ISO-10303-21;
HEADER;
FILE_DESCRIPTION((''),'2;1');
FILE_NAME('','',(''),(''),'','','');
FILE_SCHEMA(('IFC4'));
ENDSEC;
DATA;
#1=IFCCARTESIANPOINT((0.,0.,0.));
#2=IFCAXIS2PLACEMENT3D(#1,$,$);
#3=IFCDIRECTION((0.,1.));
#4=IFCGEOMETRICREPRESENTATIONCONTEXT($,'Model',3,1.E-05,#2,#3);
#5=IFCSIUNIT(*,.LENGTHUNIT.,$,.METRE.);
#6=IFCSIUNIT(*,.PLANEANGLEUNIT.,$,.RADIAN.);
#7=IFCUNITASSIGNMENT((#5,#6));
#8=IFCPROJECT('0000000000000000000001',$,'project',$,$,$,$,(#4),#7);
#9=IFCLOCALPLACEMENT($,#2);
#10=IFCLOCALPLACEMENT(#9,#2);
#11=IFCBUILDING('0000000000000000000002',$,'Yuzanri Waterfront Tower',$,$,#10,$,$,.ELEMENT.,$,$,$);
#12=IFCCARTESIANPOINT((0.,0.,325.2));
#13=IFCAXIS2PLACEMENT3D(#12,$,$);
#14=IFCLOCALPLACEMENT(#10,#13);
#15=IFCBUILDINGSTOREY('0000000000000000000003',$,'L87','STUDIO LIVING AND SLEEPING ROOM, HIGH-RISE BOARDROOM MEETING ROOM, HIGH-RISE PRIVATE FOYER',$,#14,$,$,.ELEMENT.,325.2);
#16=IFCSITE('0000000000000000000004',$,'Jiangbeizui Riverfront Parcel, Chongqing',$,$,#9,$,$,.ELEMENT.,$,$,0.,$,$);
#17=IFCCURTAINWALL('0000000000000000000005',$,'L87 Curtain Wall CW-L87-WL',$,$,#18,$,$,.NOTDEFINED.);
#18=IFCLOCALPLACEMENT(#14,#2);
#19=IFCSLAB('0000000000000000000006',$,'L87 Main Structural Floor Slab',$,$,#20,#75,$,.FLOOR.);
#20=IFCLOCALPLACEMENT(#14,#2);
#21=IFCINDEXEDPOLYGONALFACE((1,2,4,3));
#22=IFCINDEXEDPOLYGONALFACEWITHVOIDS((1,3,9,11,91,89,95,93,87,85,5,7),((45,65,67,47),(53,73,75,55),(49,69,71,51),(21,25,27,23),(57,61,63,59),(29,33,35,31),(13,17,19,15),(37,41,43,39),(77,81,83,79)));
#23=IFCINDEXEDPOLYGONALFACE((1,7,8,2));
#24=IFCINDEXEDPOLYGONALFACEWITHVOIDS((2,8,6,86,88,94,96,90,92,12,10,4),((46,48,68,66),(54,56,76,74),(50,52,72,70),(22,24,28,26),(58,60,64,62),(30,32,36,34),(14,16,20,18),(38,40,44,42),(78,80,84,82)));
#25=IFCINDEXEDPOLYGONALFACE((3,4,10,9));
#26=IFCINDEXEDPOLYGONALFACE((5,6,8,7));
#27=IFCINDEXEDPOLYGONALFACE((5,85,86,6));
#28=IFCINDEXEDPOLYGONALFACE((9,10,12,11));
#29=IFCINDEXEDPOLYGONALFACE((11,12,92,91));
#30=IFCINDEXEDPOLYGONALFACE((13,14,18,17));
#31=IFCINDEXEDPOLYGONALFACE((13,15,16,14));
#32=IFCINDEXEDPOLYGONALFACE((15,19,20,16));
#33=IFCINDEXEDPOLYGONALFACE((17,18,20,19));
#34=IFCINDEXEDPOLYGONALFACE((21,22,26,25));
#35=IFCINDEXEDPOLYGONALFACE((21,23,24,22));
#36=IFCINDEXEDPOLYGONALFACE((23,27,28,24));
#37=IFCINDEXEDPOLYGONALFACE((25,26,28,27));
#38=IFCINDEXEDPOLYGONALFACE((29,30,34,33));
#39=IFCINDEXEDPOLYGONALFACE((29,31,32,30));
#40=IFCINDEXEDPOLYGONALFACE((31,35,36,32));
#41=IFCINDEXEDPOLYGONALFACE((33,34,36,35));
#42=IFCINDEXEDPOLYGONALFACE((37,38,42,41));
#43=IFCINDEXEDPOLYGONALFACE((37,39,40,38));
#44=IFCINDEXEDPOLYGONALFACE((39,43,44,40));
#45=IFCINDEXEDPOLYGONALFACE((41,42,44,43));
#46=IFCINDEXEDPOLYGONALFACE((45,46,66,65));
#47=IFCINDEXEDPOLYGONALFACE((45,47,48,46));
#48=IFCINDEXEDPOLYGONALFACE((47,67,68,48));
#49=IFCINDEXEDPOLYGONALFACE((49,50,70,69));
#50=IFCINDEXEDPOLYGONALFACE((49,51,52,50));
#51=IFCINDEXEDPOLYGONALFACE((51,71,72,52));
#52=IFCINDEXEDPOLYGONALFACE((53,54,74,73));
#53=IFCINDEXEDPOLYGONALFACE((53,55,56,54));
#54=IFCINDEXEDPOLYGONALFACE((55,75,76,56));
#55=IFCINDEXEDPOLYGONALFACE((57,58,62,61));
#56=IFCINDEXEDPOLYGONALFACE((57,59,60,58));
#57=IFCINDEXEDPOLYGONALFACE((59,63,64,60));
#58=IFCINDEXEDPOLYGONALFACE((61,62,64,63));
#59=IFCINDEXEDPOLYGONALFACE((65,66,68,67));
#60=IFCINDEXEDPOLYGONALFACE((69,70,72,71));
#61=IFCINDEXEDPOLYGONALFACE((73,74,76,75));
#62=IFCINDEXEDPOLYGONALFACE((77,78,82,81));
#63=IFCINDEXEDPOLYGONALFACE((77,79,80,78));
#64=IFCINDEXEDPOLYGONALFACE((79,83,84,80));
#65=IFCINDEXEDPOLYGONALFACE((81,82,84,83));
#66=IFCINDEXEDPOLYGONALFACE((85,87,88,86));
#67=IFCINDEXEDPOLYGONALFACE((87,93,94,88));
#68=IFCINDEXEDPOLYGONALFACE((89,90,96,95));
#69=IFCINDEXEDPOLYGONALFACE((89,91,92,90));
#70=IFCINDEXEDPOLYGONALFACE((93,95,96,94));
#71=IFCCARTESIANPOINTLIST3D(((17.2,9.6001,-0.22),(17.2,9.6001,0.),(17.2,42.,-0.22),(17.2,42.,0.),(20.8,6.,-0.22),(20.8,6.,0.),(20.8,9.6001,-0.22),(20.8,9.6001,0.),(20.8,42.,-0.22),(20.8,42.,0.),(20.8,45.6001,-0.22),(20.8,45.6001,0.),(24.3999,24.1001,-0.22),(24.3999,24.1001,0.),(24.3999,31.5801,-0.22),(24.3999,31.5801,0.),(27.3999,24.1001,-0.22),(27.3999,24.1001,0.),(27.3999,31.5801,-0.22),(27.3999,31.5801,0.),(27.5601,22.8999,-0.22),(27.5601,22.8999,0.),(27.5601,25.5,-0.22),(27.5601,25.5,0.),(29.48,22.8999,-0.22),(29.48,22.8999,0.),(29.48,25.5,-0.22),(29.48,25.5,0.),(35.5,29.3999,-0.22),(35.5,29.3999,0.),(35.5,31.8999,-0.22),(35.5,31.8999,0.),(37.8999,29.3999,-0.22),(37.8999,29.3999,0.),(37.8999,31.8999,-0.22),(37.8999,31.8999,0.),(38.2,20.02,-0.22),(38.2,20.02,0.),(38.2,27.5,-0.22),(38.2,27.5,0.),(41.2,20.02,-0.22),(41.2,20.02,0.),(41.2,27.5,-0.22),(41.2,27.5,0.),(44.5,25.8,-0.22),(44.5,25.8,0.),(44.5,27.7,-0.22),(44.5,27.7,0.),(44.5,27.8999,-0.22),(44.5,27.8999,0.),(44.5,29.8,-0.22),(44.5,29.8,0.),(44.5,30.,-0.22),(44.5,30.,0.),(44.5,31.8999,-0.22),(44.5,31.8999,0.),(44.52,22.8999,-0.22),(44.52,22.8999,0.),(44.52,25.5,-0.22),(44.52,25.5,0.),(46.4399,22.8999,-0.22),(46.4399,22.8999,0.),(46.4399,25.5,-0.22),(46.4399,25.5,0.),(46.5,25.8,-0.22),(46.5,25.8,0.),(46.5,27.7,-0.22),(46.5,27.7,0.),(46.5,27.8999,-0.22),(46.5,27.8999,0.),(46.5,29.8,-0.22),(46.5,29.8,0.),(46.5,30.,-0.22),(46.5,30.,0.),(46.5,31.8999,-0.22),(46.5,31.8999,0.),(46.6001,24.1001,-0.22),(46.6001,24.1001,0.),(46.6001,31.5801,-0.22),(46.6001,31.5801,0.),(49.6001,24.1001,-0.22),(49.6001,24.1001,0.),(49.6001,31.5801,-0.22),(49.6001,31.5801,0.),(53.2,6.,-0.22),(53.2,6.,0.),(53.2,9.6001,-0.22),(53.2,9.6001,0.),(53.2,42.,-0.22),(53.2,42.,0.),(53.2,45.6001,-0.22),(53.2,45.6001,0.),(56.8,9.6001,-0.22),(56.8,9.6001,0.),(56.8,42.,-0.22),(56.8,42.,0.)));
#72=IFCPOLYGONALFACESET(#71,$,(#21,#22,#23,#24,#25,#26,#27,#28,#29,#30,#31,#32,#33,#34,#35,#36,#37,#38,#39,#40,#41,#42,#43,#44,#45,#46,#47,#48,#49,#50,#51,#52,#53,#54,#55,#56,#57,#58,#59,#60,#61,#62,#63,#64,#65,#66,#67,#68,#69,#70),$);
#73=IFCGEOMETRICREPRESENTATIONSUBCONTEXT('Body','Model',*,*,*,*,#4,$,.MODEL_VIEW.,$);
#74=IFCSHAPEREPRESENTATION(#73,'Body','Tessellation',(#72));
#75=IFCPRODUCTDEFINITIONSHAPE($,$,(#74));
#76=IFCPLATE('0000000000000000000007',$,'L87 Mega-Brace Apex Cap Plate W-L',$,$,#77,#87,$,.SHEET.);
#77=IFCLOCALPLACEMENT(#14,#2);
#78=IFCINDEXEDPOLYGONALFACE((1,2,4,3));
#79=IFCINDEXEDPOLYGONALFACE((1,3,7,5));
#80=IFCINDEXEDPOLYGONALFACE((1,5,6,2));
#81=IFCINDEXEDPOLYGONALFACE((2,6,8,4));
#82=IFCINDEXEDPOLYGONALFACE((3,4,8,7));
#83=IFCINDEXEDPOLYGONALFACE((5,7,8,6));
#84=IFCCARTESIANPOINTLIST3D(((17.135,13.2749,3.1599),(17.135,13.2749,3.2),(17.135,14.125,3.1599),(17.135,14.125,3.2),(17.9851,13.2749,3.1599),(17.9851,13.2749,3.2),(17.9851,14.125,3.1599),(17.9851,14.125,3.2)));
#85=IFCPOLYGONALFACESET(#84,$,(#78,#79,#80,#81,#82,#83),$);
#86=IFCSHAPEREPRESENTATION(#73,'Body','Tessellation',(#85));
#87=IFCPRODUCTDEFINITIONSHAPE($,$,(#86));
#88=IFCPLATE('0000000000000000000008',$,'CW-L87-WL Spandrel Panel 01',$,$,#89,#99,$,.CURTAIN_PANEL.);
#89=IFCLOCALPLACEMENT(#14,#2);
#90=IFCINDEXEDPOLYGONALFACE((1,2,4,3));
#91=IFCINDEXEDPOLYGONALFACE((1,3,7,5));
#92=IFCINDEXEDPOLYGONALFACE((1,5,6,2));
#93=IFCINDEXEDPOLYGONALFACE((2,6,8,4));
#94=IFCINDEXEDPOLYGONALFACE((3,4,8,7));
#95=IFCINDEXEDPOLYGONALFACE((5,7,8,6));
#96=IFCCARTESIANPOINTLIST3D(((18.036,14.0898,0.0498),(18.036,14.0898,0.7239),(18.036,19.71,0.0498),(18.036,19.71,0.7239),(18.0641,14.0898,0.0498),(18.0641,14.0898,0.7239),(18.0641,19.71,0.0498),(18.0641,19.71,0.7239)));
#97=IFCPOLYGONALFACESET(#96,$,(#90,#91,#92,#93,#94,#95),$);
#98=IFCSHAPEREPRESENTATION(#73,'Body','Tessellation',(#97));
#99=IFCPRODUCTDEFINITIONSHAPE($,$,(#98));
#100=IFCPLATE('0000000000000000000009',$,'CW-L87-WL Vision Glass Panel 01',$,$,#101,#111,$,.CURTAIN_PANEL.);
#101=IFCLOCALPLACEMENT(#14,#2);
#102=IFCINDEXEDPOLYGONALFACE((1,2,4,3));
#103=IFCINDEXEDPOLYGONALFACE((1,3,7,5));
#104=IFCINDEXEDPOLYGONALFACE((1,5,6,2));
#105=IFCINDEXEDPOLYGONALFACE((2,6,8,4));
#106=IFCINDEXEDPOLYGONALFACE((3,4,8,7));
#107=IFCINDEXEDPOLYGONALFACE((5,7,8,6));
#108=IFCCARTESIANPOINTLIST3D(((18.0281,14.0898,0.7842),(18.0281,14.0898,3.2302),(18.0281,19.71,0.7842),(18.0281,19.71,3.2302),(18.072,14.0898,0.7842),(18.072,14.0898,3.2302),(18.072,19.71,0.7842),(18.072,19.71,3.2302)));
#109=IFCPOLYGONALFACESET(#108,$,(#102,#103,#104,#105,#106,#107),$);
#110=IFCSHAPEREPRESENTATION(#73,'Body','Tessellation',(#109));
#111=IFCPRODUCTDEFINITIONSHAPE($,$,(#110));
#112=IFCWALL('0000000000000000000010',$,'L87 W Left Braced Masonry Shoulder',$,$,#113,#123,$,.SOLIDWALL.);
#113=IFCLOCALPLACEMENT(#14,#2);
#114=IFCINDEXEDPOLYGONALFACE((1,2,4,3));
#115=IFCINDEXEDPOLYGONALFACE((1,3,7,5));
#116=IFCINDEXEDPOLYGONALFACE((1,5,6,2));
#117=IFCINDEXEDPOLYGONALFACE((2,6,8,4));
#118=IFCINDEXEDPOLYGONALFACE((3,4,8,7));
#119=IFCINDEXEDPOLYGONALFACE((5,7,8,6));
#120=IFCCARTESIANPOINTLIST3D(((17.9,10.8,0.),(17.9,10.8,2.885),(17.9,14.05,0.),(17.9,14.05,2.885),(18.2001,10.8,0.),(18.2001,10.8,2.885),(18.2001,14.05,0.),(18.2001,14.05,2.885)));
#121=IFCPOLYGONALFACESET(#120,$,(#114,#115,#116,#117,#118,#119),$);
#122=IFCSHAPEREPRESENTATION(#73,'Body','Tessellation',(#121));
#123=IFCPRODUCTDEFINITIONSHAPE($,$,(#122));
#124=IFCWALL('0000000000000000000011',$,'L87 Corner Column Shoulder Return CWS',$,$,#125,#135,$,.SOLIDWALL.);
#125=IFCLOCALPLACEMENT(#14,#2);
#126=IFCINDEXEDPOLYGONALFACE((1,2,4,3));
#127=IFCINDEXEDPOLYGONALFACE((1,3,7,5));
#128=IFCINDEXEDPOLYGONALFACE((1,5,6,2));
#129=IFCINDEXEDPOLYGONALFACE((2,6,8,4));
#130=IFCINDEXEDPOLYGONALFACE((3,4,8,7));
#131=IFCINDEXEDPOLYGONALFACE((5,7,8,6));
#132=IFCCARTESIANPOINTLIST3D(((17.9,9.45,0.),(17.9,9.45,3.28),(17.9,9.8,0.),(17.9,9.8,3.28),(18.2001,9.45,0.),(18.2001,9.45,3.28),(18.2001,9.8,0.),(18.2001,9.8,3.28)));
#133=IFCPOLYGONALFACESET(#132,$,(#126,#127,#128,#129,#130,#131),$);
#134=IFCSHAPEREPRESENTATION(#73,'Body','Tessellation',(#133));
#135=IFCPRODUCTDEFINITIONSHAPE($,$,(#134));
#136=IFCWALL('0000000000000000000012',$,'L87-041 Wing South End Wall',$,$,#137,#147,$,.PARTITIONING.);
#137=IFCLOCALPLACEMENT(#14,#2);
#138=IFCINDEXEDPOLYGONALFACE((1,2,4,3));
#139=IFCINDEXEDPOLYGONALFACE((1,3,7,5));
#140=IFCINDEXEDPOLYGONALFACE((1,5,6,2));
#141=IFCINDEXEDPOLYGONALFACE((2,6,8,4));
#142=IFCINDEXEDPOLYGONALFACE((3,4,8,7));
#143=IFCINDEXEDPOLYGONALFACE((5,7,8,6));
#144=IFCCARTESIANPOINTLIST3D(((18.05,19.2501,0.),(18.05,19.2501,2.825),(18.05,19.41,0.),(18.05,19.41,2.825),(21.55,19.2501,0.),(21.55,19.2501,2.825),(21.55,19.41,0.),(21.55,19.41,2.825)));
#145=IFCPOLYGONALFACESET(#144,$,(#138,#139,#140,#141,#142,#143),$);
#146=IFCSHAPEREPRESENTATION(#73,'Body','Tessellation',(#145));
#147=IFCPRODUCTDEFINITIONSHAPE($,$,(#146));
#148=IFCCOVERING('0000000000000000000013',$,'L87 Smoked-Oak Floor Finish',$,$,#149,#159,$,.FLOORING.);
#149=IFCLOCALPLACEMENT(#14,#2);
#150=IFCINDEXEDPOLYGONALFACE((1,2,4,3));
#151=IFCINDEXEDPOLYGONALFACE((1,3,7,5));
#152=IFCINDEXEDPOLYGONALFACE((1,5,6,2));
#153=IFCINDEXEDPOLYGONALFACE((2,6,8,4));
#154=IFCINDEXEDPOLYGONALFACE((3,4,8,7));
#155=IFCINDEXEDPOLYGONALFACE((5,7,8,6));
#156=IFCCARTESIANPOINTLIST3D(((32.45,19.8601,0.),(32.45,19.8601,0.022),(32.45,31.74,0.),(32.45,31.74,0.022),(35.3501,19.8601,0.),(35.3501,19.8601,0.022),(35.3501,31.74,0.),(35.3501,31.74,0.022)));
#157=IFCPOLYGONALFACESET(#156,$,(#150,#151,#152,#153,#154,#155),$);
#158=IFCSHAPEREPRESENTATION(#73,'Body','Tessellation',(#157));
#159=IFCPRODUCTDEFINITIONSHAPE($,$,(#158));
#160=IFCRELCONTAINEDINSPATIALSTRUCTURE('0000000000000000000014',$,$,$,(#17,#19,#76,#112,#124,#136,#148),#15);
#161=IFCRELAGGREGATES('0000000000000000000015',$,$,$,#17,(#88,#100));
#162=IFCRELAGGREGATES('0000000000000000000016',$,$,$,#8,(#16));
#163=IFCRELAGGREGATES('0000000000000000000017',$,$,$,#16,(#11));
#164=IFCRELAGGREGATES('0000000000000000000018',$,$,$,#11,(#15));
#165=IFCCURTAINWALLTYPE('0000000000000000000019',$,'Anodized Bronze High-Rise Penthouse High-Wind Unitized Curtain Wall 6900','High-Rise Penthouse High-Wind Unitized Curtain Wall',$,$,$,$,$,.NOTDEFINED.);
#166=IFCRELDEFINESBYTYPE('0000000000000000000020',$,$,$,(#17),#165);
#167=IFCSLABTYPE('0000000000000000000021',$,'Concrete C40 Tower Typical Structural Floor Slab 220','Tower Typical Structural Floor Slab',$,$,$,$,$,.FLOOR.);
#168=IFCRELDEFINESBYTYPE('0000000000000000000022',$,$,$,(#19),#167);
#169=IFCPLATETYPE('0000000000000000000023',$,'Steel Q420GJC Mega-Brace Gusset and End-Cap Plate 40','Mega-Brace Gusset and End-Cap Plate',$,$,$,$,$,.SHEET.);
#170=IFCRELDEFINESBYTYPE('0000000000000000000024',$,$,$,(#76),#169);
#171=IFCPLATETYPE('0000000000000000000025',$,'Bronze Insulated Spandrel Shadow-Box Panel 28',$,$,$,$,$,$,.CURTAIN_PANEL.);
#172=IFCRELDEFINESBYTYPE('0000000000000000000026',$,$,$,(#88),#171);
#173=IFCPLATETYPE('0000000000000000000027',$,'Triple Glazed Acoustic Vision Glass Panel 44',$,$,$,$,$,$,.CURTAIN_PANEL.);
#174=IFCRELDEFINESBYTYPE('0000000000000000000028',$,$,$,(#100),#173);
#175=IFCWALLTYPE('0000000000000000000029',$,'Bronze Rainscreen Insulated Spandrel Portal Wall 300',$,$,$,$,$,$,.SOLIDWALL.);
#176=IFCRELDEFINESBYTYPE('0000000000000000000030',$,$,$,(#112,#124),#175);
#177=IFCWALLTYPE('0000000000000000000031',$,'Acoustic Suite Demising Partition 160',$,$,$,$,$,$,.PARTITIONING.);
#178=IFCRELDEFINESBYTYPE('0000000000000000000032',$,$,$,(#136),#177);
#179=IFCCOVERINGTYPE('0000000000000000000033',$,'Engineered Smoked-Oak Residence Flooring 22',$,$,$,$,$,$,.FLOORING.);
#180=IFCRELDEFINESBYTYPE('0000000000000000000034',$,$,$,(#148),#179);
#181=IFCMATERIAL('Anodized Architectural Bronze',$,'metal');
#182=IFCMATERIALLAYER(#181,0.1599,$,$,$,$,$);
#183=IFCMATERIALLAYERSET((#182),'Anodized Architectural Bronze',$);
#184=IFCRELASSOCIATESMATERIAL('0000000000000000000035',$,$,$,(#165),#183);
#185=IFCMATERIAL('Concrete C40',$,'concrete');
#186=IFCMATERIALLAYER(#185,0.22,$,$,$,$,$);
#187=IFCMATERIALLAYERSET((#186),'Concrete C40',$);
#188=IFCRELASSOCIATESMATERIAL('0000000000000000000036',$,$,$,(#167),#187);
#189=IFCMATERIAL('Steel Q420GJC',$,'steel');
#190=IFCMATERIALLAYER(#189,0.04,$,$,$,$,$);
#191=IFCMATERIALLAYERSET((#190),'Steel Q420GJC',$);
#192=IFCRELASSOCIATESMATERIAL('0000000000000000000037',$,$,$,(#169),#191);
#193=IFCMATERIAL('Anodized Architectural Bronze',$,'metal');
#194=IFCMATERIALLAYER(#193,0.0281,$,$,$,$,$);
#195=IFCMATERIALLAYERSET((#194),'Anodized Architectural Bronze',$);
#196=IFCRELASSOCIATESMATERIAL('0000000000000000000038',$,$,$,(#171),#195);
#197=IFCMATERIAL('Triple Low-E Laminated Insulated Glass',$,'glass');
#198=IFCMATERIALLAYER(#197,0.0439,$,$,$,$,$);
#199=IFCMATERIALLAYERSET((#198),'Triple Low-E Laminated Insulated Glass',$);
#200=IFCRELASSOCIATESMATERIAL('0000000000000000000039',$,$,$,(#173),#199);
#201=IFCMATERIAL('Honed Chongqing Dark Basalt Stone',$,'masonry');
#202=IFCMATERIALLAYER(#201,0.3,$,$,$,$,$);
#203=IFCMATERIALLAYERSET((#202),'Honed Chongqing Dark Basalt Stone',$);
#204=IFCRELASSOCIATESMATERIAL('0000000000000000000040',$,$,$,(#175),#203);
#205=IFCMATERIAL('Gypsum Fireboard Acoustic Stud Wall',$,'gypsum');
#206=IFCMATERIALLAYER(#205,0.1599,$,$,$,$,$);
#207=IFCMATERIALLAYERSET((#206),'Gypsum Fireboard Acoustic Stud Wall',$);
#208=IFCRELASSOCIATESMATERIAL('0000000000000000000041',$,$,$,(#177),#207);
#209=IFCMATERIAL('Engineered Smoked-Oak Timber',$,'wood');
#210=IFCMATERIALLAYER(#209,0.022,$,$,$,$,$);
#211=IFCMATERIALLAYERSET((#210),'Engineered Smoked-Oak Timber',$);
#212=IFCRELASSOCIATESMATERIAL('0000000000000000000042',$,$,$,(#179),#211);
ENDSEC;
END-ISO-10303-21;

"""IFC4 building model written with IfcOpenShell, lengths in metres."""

from ifc_helpers import new_model, si_unit, direction, frame, frame_2d, origin, origin_2d, place, context, subcontext, project, spatial, polyline, rectangle, outline, extrude, source, transform, mapped, material, layer, layer_set, type_object, element, aggregate, save


model = new_model("IFC4")

# Units and contexts
model_context = context("Model", 3, precision=1e-05, world=origin(), true_north=direction((0.0, 1.0)))
body_context = subcontext(model_context, "Body", "Model", "MODEL_VIEW")
ifc_project = project(units=[si_unit("LENGTHUNIT", "METRE"), si_unit("PLANEANGLEUNIT", "RADIAN")], contexts=[model_context])

# Site, building, storey
site_placement = place(None, origin())
site = spatial("IfcSite", under=ifc_project, at=site_placement, Name="Jiangbeizui Riverfront Parcel, Chongqing", CompositionType="ELEMENT", RefElevation=0.0)
building_placement = place(site_placement, origin())
building = spatial("IfcBuilding", under=site, at=building_placement, Name="Yuzanri Waterfront Tower", CompositionType="ELEMENT")
storey_placement = place(building_placement, frame((0.0, 0.0, 325.2)))
storey = spatial("IfcBuildingStorey", under=building, at=storey_placement, Name="L87", Description="STUDIO LIVING AND SLEEPING ROOM, HIGH-RISE BOARDROOM MEETING ROOM, HIGH-RISE PRIVATE FOYER", CompositionType="ELEMENT", Elevation=325.2)

# Curtain wall
ifc_material_1 = material(Name="Anodized Architectural Bronze", Category="metal")
ifc_layer_1 = layer(ifc_material_1, 0.1599)
ifc_layer_set_1 = layer_set([ifc_layer_1], Name="Anodized Architectural Bronze")
curtain_wall_type = type_object("IfcCurtainWallType", Name="Anodized Bronze High-Rise Penthouse High-Wind Unitized Curtain Wall 6900", Description="High-Rise Penthouse High-Wind Unitized Curtain Wall", PredefinedType="NOTDEFINED", material=ifc_layer_set_1)
curtain_wall_placement = place(storey_placement, origin())
curtain_wall = element("IfcCurtainWall", 1, at=curtain_wall_placement, inside=storey, type_object=curtain_wall_type, Name="L87 Curtain Wall CW-L87-WL", PredefinedType="NOTDEFINED")

# Slab
ifc_material_2 = material(Name="Concrete C40", Category="concrete")
ifc_layer_2 = layer(ifc_material_2, 0.22)
ifc_layer_set_2 = layer_set([ifc_layer_2], Name="Concrete C40")
slab_type_1 = type_object("IfcSlabType", Name="Concrete C40 Tower Typical Structural Floor Slab 220", Description="Tower Typical Structural Floor Slab", PredefinedType="FLOOR", material=ifc_layer_set_2)
slab_1_placement = place(storey_placement, frame((0.0, 0.0, -0.22)))
element("IfcSlab", 2, at=slab_1_placement, inside=storey, type_object=slab_type_1, Name="L87 Main Structural Floor Slab", PredefinedType="FLOOR", context=body_context, shape_type="SweptSolid", body=[
    extrude(outline(polyline([(20.8, 6.0), (53.2, 6.0), (53.2, 9.6001), (56.8, 9.6001), (56.8, 42.0), (53.2, 42.0), (53.2, 45.6001), (20.8, 45.6001), (20.8, 42.0), (17.2, 42.0), (17.2, 9.6001), (20.8, 9.6001), (20.8, 6.0)]), holes=[polyline([(27.3999, 24.1001), (27.3999, 31.5801), (24.3999, 31.5801), (24.3999, 24.1001), (27.3999, 24.1001)]), polyline([(49.6001, 24.1001), (49.6001, 31.5801), (46.6001, 31.5801), (46.6001, 24.1001), (49.6001, 24.1001)]), polyline([(38.2, 27.5), (38.2, 20.02), (41.2, 20.02), (41.2, 27.5), (38.2, 27.5)]), polyline([(27.5601, 22.8999), (29.48, 22.8999), (29.48, 25.5), (27.5601, 25.5), (27.5601, 22.8999)]), polyline([(44.52, 22.8999), (46.4399, 22.8999), (46.4399, 25.5), (44.52, 25.5), (44.52, 22.8999)]), polyline([(35.5, 29.3999), (37.8999, 29.3999), (37.8999, 31.8999), (35.5, 31.8999), (35.5, 29.3999)]), polyline([(44.5, 25.8), (46.5, 25.8), (46.5, 27.7), (44.5, 27.7), (44.5, 25.8)]), polyline([(44.5, 27.8999), (46.5, 27.8999), (46.5, 29.8), (44.5, 29.8), (44.5, 27.8999)]), polyline([(44.5, 30.0), (46.5, 30.0), (46.5, 31.8999), (44.5, 31.8999), (44.5, 30.0)])]), origin(), (0.0, 0.0, 1.0), 0.22),
])

# Plates
ifc_material_3 = material(Name="Steel Q420GJC", Category="steel")
ifc_layer_3 = layer(ifc_material_3, 0.04)
ifc_layer_set_3 = layer_set([ifc_layer_3], Name="Steel Q420GJC")
plate_type_1 = type_object("IfcPlateType", Name="Steel Q420GJC Mega-Brace Gusset and End-Cap Plate 40", Description="Mega-Brace Gusset and End-Cap Plate", PredefinedType="SHEET", material=ifc_layer_set_3)
shared_shape_1 = source(origin(), body_context, "Body", "SweptSolid", [
    extrude(rectangle(XDim=0.8501, YDim=0.8501, at=origin_2d()), origin(), (0.0, 0.0, 1.0), 0.04),
])
plate_1_placement = place(storey_placement, frame((17.5601, 13.7, 3.1599), z_axis=(0.0, 0.0, 1.0), x_axis=(1.0, 0.0, 0.0)))
element("IfcPlate", 3, at=plate_1_placement, inside=storey, type_object=plate_type_1, Name="L87 Mega-Brace Apex Cap Plate W-L", PredefinedType="SHEET", context=body_context, shape_type="MappedRepresentation", body=[
    mapped(shared_shape_1, transform((0.0, 0.0, 0.0), scale=1.0)),
])
ifc_material_4 = material(Name="Anodized Architectural Bronze", Category="metal")
ifc_layer_4 = layer(ifc_material_4, 0.0281)
ifc_layer_set_4 = layer_set([ifc_layer_4], Name="Anodized Architectural Bronze")
plate_type_2 = type_object("IfcPlateType", Name="Bronze Insulated Spandrel Shadow-Box Panel 28", PredefinedType="CURTAIN_PANEL", material=ifc_layer_set_4)
shared_shape_2 = source(origin(), body_context, "Body", "SweptSolid", [
    extrude(rectangle(XDim=5.6201, YDim=0.0281, at=origin_2d()), origin(), (0.0, 0.0, 1.0), 0.6741),
])
plate_2_placement = place(storey_placement, frame((18.05, 16.8999, 0.0498), z_axis=(0.0, 0.0, 1.0), x_axis=(0.0, 1.0, 0.0)))
plate_2 = element("IfcPlate", 4, at=plate_2_placement, type_object=plate_type_2, Name="CW-L87-WL Spandrel Panel 01", PredefinedType="CURTAIN_PANEL", context=body_context, shape_type="MappedRepresentation", body=[
    mapped(shared_shape_2, transform((0.0, 0.0, 0.0), scale=1.0)),
])
ifc_material_5 = material(Name="Triple Low-E Laminated Insulated Glass", Category="glass")
ifc_layer_5 = layer(ifc_material_5, 0.0439)
ifc_layer_set_5 = layer_set([ifc_layer_5], Name="Triple Low-E Laminated Insulated Glass")
plate_type_3 = type_object("IfcPlateType", Name="Triple Glazed Acoustic Vision Glass Panel 44", PredefinedType="CURTAIN_PANEL", material=ifc_layer_set_5)
shared_shape_3 = source(origin(), body_context, "Body", "SweptSolid", [
    extrude(rectangle(XDim=5.6201, YDim=0.0439, at=origin_2d()), origin(), (0.0, 0.0, 1.0), 2.446),
])
plate_3_placement = place(storey_placement, frame((18.05, 16.8999, 0.7842), z_axis=(0.0, 0.0, 1.0), x_axis=(0.0, 1.0, 0.0)))
plate_3 = element("IfcPlate", 5, at=plate_3_placement, type_object=plate_type_3, Name="CW-L87-WL Vision Glass Panel 01", PredefinedType="CURTAIN_PANEL", context=body_context, shape_type="MappedRepresentation", body=[
    mapped(shared_shape_3, transform((0.0, 0.0, 0.0), scale=1.0)),
])
aggregate(curtain_wall, [plate_2, plate_3])

# Walls
ifc_material_6 = material(Name="Honed Chongqing Dark Basalt Stone", Category="masonry")
ifc_layer_6 = layer(ifc_material_6, 0.3)
ifc_layer_set_6 = layer_set([ifc_layer_6], Name="Honed Chongqing Dark Basalt Stone")
wall_type_1 = type_object("IfcWallType", Name="Bronze Rainscreen Insulated Spandrel Portal Wall 300", PredefinedType="SOLIDWALL", material=ifc_layer_set_6)
shared_shape_4 = source(origin(), body_context, "Body", "SweptSolid", [
    extrude(rectangle(XDim=3.25, YDim=0.3, at=frame_2d((1.625, 0.0))), origin(), (0.0, 0.0, 1.0), 2.885),
])
wall_1_placement = place(storey_placement, frame((18.05, 10.8, 0.0), z_axis=(0.0, 0.0, 1.0), x_axis=(0.0, 1.0, 0.0)))
element("IfcWall", 6, at=wall_1_placement, inside=storey, type_object=wall_type_1, Name="L87 W Left Braced Masonry Shoulder", PredefinedType="SOLIDWALL", context=body_context, shape_type="MappedRepresentation", body=[
    mapped(shared_shape_4, transform((0.0, 0.0, 0.0), scale=1.0)),
])
shared_shape_5 = source(origin(), body_context, "Body", "SweptSolid", [
    extrude(rectangle(XDim=0.3501, YDim=0.3, at=frame_2d((0.175, 0.0))), origin(), (0.0, 0.0, 1.0), 3.28),
])
wall_2_placement = place(storey_placement, frame((18.05, 9.45, 0.0), z_axis=(0.0, 0.0, 1.0), x_axis=(0.0, 1.0, 0.0)))
element("IfcWall", 7, at=wall_2_placement, inside=storey, type_object=wall_type_1, Name="L87 Corner Column Shoulder Return CWS", PredefinedType="SOLIDWALL", context=body_context, shape_type="MappedRepresentation", body=[
    mapped(shared_shape_5, transform((0.0, 0.0, 0.0), scale=1.0)),
])
ifc_material_7 = material(Name="Gypsum Fireboard Acoustic Stud Wall", Category="gypsum")
ifc_layer_7 = layer(ifc_material_7, 0.1599)
ifc_layer_set_7 = layer_set([ifc_layer_7], Name="Gypsum Fireboard Acoustic Stud Wall")
wall_type_2 = type_object("IfcWallType", Name="Acoustic Suite Demising Partition 160", PredefinedType="PARTITIONING", material=ifc_layer_set_7)
shared_shape_6 = source(origin(), body_context, "Body", "SweptSolid", [
    extrude(rectangle(XDim=3.5, YDim=0.1599, at=frame_2d((1.75, 0.0))), origin(), (0.0, 0.0, 1.0), 2.825),
])
wall_3_placement = place(storey_placement, frame((18.05, 19.3301, 0.0), z_axis=(0.0, 0.0, 1.0), x_axis=(1.0, 0.0, 0.0)))
element("IfcWall", 8, at=wall_3_placement, inside=storey, type_object=wall_type_2, Name="L87-041 Wing South End Wall", PredefinedType="PARTITIONING", context=body_context, shape_type="MappedRepresentation", body=[
    mapped(shared_shape_6, transform((0.0, 0.0, 0.0), scale=1.0)),
])

# Covering
ifc_material_8 = material(Name="Engineered Smoked-Oak Timber", Category="wood")
ifc_layer_8 = layer(ifc_material_8, 0.022)
ifc_layer_set_8 = layer_set([ifc_layer_8], Name="Engineered Smoked-Oak Timber")
covering_type_1 = type_object("IfcCoveringType", Name="Engineered Smoked-Oak Residence Flooring 22", PredefinedType="FLOORING", material=ifc_layer_set_8)
covering_1_placement = place(storey_placement, origin())
element("IfcCovering", 9, at=covering_1_placement, inside=storey, type_object=covering_type_1, Name="L87 Smoked-Oak Floor Finish", PredefinedType="FLOORING", context=body_context, shape_type="SweptSolid", body=[
    extrude(outline(polyline([(32.45, 19.8601), (35.3501, 19.8601), (35.3501, 31.74), (32.45, 31.74), (32.45, 19.8601)])), origin(), (0.0, 0.0, 1.0), 0.022),
])

save(model, "model.ifc")
